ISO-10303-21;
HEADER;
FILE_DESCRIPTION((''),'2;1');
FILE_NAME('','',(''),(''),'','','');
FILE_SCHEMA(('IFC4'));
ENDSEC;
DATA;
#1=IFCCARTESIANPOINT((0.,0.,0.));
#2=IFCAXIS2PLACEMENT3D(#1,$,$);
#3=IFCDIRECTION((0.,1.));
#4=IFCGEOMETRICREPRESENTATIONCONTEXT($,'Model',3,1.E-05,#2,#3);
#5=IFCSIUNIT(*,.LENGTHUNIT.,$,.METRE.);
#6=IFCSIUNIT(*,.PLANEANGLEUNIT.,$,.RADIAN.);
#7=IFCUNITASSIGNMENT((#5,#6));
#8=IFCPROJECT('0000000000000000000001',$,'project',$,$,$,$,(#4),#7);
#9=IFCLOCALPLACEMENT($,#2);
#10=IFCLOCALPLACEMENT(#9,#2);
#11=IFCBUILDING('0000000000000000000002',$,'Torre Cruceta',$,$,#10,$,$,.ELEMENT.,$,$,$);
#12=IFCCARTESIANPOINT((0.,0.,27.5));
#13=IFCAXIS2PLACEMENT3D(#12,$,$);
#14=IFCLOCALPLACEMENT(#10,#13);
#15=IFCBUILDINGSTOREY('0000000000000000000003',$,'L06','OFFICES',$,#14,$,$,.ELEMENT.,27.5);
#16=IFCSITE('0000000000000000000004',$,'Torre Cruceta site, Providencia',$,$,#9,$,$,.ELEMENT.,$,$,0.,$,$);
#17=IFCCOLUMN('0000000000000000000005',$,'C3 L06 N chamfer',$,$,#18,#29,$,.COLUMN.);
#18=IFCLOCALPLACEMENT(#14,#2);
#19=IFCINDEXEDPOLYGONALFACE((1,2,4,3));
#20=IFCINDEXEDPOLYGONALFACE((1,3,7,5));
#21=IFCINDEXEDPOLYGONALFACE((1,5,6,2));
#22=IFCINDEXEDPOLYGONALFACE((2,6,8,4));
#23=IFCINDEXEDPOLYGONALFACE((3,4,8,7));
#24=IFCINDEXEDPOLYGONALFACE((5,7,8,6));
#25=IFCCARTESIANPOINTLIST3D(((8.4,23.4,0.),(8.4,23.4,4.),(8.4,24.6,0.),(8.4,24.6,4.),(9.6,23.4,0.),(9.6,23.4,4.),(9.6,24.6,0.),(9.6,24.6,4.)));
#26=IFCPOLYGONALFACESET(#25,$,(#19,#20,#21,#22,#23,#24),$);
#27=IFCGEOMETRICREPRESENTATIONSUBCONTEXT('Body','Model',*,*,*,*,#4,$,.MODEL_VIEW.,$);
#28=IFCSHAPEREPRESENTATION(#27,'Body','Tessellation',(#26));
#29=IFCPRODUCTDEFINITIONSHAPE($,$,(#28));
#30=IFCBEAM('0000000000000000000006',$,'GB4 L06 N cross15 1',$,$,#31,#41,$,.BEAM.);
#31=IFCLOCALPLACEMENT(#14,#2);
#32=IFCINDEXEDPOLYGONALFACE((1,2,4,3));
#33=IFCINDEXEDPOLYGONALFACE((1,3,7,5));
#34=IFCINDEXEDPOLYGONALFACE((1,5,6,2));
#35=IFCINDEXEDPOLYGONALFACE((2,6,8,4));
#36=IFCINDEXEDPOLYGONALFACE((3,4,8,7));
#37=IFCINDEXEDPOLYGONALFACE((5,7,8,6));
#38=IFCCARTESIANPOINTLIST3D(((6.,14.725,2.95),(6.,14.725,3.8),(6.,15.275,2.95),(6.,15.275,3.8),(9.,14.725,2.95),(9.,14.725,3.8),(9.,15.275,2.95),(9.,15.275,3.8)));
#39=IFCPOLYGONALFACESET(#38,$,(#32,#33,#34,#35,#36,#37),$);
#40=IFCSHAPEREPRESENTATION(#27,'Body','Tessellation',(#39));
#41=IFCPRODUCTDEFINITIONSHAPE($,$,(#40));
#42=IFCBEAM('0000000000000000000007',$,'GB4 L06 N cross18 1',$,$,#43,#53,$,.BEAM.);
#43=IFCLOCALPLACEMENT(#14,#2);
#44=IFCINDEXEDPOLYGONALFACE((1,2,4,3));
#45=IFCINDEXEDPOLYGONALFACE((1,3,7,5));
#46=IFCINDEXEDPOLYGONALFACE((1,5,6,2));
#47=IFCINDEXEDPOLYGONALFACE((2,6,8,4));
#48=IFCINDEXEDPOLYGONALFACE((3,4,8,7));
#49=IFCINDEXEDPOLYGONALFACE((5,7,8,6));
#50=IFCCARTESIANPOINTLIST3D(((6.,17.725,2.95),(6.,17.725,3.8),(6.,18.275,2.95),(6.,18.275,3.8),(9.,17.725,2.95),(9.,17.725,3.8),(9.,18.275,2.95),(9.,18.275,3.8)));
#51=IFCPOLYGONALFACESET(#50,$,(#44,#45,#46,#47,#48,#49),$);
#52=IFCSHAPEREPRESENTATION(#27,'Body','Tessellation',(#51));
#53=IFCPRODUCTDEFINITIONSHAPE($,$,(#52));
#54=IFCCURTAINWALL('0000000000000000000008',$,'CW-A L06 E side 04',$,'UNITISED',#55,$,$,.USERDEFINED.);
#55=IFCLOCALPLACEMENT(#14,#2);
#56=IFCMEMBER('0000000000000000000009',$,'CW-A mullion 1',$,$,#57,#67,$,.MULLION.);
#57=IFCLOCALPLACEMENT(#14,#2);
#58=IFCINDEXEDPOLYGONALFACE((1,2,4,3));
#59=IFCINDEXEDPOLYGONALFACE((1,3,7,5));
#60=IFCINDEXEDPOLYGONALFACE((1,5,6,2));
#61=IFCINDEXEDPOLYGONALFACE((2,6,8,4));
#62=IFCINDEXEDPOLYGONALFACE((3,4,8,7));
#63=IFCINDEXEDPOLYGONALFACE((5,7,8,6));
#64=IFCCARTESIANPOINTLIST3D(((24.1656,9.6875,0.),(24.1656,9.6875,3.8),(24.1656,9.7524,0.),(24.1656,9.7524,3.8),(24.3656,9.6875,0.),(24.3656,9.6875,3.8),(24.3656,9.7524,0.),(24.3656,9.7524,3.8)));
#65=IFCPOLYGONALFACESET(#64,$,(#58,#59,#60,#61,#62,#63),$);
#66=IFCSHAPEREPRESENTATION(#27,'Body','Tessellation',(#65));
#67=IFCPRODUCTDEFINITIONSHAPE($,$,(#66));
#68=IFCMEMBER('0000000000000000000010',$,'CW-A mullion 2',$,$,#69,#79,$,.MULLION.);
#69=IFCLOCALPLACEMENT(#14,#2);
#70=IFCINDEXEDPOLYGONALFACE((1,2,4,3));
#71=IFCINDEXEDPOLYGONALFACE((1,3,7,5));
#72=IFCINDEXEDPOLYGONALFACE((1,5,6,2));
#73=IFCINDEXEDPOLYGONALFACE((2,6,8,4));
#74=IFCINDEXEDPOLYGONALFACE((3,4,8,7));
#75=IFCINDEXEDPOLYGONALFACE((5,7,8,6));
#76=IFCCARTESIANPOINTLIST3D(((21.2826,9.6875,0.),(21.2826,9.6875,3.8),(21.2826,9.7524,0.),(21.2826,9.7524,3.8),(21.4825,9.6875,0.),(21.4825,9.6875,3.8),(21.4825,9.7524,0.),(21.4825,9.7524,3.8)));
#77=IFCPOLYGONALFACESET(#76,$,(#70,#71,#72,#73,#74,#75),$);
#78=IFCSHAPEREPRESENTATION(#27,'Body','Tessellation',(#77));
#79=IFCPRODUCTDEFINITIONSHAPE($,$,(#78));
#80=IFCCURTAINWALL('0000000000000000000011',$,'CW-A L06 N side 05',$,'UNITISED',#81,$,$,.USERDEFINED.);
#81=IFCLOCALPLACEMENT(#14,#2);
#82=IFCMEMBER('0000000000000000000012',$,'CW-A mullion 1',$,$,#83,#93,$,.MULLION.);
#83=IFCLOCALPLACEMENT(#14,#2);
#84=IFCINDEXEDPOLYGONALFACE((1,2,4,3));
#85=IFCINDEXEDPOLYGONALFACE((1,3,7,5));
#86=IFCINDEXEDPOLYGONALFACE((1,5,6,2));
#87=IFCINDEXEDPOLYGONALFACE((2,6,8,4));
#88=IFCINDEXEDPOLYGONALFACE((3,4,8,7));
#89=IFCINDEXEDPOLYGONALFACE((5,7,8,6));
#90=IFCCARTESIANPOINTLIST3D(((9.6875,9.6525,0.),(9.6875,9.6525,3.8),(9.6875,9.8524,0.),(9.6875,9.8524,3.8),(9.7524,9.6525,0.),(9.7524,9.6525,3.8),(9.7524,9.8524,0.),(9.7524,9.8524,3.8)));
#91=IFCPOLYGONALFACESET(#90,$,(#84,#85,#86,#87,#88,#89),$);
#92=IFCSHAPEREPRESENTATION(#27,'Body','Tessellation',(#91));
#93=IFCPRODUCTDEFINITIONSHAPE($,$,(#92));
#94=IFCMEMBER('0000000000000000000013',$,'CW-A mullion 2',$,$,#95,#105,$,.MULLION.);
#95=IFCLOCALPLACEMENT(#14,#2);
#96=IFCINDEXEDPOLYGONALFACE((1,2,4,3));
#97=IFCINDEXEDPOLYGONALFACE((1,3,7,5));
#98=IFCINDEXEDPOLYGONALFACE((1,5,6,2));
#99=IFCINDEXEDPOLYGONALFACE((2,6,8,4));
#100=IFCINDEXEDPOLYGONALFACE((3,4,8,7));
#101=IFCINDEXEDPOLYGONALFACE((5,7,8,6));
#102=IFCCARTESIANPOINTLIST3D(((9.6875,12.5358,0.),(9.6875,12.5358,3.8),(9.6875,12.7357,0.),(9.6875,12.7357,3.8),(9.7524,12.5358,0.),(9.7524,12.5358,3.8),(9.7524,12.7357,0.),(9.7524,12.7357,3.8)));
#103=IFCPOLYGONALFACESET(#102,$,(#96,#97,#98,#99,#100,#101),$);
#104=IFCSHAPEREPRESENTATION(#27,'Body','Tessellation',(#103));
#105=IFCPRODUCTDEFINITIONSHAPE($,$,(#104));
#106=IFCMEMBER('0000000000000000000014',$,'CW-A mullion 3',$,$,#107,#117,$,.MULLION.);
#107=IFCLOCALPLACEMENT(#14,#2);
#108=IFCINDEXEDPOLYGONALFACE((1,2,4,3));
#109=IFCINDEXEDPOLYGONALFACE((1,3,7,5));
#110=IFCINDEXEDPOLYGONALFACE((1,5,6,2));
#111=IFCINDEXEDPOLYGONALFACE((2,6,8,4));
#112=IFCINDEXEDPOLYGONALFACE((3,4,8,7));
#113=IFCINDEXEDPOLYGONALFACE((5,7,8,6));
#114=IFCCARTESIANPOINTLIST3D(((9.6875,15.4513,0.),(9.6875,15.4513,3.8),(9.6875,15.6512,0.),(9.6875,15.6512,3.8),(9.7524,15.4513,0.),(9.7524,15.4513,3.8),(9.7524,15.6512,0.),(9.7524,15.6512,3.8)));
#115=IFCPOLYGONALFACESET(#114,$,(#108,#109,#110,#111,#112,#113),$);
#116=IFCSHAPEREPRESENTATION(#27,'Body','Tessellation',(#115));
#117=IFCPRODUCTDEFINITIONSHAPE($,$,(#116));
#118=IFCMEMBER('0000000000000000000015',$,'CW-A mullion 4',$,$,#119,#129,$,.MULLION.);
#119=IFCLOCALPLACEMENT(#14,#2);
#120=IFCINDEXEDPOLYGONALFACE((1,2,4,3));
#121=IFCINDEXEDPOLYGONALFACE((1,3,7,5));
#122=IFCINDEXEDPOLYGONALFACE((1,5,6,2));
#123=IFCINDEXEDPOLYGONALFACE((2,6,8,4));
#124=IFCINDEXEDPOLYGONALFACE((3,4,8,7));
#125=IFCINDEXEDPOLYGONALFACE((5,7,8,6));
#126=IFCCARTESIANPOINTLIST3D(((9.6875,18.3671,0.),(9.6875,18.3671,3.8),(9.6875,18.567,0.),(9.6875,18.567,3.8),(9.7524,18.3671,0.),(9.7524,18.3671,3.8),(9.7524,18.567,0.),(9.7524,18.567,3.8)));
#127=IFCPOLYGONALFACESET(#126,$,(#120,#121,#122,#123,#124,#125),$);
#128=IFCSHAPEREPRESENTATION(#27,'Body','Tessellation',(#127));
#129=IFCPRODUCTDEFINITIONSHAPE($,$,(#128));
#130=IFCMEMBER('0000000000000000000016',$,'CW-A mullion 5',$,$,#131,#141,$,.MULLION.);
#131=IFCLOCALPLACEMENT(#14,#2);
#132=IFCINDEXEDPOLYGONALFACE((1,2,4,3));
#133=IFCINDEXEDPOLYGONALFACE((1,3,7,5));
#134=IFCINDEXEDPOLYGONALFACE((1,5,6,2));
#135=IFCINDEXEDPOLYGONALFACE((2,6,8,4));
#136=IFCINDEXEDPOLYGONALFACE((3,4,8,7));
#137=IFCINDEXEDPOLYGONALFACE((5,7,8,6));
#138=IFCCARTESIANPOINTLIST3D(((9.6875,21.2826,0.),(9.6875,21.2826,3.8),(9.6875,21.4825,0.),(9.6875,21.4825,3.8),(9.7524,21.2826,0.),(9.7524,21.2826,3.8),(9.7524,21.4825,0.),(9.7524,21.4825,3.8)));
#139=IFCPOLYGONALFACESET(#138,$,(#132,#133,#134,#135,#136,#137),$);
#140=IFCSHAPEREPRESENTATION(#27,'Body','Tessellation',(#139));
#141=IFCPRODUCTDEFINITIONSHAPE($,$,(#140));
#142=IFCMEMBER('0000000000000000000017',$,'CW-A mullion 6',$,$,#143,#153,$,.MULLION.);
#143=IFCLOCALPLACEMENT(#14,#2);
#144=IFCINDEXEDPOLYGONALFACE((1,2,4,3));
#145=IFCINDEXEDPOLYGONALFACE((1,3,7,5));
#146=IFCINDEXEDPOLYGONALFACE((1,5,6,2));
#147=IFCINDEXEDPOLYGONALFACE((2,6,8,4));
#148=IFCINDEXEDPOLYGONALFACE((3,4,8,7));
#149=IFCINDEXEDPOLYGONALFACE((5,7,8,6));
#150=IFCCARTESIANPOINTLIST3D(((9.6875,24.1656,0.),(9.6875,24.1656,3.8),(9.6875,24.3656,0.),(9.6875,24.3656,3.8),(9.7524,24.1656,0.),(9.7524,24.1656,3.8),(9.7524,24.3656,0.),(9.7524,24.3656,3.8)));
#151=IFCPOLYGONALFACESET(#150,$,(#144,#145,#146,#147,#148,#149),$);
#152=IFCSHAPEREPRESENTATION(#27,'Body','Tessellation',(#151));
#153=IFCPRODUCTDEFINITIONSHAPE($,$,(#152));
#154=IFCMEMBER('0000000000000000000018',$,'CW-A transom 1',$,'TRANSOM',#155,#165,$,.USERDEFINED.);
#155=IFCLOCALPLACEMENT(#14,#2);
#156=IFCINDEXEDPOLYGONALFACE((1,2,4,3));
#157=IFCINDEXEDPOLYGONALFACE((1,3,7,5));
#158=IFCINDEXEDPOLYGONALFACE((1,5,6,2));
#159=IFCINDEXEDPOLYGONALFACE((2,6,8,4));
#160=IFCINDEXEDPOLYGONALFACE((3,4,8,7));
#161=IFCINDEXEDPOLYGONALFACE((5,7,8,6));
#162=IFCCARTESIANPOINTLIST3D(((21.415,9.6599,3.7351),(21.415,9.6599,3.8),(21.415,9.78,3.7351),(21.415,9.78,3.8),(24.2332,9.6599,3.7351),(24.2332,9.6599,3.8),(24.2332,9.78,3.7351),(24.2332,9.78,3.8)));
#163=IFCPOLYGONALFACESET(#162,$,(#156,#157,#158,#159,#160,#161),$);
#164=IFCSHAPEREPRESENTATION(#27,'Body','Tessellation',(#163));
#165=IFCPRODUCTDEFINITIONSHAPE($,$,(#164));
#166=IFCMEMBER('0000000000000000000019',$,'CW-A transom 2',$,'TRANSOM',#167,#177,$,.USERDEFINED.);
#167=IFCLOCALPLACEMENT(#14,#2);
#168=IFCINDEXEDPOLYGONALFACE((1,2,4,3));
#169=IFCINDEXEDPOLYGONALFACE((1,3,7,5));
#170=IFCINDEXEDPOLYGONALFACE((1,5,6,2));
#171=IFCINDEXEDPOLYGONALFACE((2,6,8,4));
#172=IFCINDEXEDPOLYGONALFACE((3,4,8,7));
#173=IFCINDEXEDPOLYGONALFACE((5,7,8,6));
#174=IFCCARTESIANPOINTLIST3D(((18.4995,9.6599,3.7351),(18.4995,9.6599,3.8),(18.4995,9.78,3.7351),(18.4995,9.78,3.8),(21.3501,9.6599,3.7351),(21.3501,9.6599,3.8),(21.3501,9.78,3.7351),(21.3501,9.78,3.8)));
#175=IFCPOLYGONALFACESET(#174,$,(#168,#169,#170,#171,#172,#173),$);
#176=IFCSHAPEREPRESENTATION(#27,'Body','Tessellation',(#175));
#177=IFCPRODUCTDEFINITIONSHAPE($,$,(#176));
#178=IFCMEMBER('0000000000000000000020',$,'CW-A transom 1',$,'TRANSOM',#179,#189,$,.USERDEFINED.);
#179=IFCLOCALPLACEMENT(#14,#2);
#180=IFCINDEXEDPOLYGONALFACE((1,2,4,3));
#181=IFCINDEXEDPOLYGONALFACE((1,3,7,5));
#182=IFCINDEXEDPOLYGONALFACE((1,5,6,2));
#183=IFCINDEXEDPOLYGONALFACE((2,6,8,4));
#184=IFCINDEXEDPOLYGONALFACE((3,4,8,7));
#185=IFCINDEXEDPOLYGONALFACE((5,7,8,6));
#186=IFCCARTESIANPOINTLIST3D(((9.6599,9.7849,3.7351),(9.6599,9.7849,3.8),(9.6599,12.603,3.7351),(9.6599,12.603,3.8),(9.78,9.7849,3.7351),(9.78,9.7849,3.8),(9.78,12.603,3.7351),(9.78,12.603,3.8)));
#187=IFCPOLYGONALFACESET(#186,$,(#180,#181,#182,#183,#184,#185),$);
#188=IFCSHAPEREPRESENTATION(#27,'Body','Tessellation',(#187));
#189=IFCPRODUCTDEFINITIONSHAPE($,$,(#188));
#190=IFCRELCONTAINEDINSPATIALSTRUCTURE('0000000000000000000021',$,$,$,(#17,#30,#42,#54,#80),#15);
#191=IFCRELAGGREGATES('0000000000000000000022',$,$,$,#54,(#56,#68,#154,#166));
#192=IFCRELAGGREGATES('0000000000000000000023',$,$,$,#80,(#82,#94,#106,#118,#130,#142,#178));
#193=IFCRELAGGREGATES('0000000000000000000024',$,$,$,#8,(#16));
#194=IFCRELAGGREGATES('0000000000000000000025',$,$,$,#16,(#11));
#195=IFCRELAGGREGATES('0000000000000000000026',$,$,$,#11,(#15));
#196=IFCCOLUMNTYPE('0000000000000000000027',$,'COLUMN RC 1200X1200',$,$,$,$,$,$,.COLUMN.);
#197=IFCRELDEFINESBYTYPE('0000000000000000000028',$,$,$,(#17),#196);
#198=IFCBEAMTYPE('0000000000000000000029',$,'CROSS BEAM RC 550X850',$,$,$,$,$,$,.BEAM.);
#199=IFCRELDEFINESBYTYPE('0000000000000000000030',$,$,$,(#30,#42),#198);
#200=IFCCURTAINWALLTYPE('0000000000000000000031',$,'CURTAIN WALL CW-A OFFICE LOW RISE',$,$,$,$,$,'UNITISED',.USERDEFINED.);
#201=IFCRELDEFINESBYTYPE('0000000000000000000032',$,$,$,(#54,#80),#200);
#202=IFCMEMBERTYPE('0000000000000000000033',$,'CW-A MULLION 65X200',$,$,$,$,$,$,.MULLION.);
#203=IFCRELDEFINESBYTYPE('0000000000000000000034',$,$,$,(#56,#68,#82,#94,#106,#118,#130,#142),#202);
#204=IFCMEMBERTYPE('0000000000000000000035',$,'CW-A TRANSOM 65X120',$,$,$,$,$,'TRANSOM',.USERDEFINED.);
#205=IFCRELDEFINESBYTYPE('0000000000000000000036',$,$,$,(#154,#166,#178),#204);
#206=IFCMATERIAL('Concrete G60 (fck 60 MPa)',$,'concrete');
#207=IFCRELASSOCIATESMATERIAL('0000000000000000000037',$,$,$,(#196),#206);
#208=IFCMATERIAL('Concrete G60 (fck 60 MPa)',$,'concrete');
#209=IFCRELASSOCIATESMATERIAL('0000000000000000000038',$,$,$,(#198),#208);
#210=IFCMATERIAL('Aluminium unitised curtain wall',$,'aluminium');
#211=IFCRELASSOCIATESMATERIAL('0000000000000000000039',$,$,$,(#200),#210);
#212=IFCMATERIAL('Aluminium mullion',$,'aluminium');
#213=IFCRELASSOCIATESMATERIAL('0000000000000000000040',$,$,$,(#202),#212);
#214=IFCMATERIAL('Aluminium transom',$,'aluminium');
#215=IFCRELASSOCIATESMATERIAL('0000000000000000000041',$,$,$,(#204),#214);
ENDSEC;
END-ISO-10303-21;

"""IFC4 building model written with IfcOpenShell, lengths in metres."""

from ifc_helpers import new_model, si_unit, direction, frame, origin, origin_2d, place, context, subcontext, project, spatial, rectangle, extrude, material, material_profile, profile_set, type_object, element, aggregate, save


model = new_model("IFC4")

# Units and contexts
model_context = context("Model", 3, precision=1e-05, world=origin(), true_north=direction((0.0, 1.0)))
body_context = subcontext(model_context, "Body", "Model", "MODEL_VIEW")
ifc_project = project(units=[si_unit("LENGTHUNIT", "METRE"), si_unit("PLANEANGLEUNIT", "RADIAN")], contexts=[model_context])

# Site, building, storey
site_placement = place(None, origin())
site = spatial("IfcSite", under=ifc_project, at=site_placement, Name="Torre Cruceta site, Providencia", CompositionType="ELEMENT", RefElevation=0.0)
building_placement = place(site_placement, origin())
building = spatial("IfcBuilding", under=site, at=building_placement, Name="Torre Cruceta", CompositionType="ELEMENT")
storey_placement = place(building_placement, frame((0.0, 0.0, 27.5)))
storey = spatial("IfcBuildingStorey", under=building, at=storey_placement, Name="L06", Description="OFFICES", CompositionType="ELEMENT", Elevation=27.5)

# Column
ifc_material_1 = material(Name="Concrete G60 (fck 60 MPa)", Category="concrete")
ifc_material_profile_1 = material_profile(ifc_material_1, rectangle(XDim=1.2, YDim=1.2, at=origin_2d()), Name="RC 1200X1200")
ifc_profile_set_1 = profile_set([ifc_material_profile_1], Name="Concrete G60 (fck 60 MPa)")
column_type = type_object("IfcColumnType", Name="COLUMN RC 1200X1200", PredefinedType="COLUMN", material=ifc_profile_set_1)
column_placement = place(storey_placement, frame((9.0, 24.0, 0.0), z_axis=(0.0, 0.0, 1.0), x_axis=(1.0, 0.0, 0.0)))
element("IfcColumn", 1, at=column_placement, inside=storey, type_object=column_type, Name="C3 L06 N chamfer", PredefinedType="COLUMN", context=body_context, shape_type="SweptSolid", body=[
    extrude(rectangle(XDim=1.2, YDim=1.2, at=origin_2d()), origin(), (0.0, 0.0, 1.0), 4.0),
])

# Beams
ifc_material_2 = material(Name="Concrete G60 (fck 60 MPa)", Category="concrete")
ifc_material_profile_2 = material_profile(ifc_material_2, rectangle(XDim=0.55, YDim=0.8501, at=origin_2d()), Name="RC 550X850")
ifc_profile_set_2 = profile_set([ifc_material_profile_2], Name="Concrete G60 (fck 60 MPa)")
beam_type_1 = type_object("IfcBeamType", Name="CROSS BEAM RC 550X850", PredefinedType="BEAM", material=ifc_profile_set_2)
for number, where, z_axis, x_axis, name in (
    (2, (9.0, 15.0, 3.375), (-1.0, 0.0, 0.0), (0.0, -1.0, 0.0), "GB4 L06 N cross15 1"),
    (3, (9.0, 18.0, 3.375), (-1.0, 0.0, 0.0), (0.0, -1.0, 0.0), "GB4 L06 N cross18 1"),
):
    element("IfcBeam", number, at=place(storey_placement, frame(where, z_axis=z_axis, x_axis=x_axis)), inside=storey, type_object=beam_type_1, Name=name, PredefinedType="BEAM", context=body_context, shape_type="SweptSolid", body=[
        extrude(rectangle(XDim=0.55, YDim=0.8501, at=origin_2d()), origin(), (0.0, 0.0, 1.0), 3.0),
    ])

# Curtain walls, members
ifc_material_3 = material(Name="Aluminium unitised curtain wall", Category="aluminium")
curtain_wall_type = type_object("IfcCurtainWallType", Name="CURTAIN WALL CW-A OFFICE LOW RISE", ElementType="UNITISED", PredefinedType="USERDEFINED", material=ifc_material_3)
curtain_wall_1_placement = place(storey_placement, origin())
curtain_wall_1 = element("IfcCurtainWall", 4, at=curtain_wall_1_placement, inside=storey, type_object=curtain_wall_type, Name="CW-A L06 E side 04", ObjectType="UNITISED", PredefinedType="USERDEFINED")
ifc_material_4 = material(Name="Aluminium mullion", Category="aluminium")
ifc_material_profile_3 = material_profile(ifc_material_4, rectangle(XDim=0.0649, YDim=0.2, at=origin_2d()), Name="AL 65X200")
ifc_profile_set_3 = profile_set([ifc_material_profile_3], Name="Aluminium mullion")
member_type_1 = type_object("IfcMemberType", Name="CW-A MULLION 65X200", PredefinedType="MULLION", material=ifc_profile_set_3)
member_1_placement = place(storey_placement, frame((24.2656, 9.72, 0.0), z_axis=(0.0, 0.0, 1.0), x_axis=(0.0, -1.0, 0.0)))
member_1 = element("IfcMember", 5, at=member_1_placement, type_object=member_type_1, Name="CW-A mullion 1", PredefinedType="MULLION", context=body_context, shape_type="SweptSolid", body=[
    extrude(rectangle(XDim=0.0649, YDim=0.2, at=origin_2d()), origin(), (0.0, 0.0, 1.0), 3.8),
])
member_2_placement = place(storey_placement, frame((21.3826, 9.72, 0.0), z_axis=(0.0, 0.0, 1.0), x_axis=(0.0, -1.0, 0.0)))
member_2 = element("IfcMember", 6, at=member_2_placement, type_object=member_type_1, Name="CW-A mullion 2", PredefinedType="MULLION", context=body_context, shape_type="SweptSolid", body=[
    extrude(rectangle(XDim=0.0649, YDim=0.2, at=origin_2d()), origin(), (0.0, 0.0, 1.0), 3.8),
])
curtain_wall_2_placement = place(storey_placement, origin())
curtain_wall_2 = element("IfcCurtainWall", 7, at=curtain_wall_2_placement, inside=storey, type_object=curtain_wall_type, Name="CW-A L06 N side 05", ObjectType="UNITISED", PredefinedType="USERDEFINED")
member_3_placement = place(storey_placement, frame((9.72, 9.7524, 0.0), z_axis=(0.0, 0.0, 1.0), x_axis=(-1.0, 0.0, 0.0)))
member_3 = element("IfcMember", 8, at=member_3_placement, type_object=member_type_1, Name="CW-A mullion 1", PredefinedType="MULLION", context=body_context, shape_type="SweptSolid", body=[
    extrude(rectangle(XDim=0.0649, YDim=0.2, at=origin_2d()), origin(), (0.0, 0.0, 1.0), 3.8),
])
member_4_placement = place(storey_placement, frame((9.72, 12.6357, 0.0), z_axis=(0.0, 0.0, 1.0), x_axis=(-1.0, 0.0, 0.0)))
member_4 = element("IfcMember", 9, at=member_4_placement, type_object=member_type_1, Name="CW-A mullion 2", PredefinedType="MULLION", context=body_context, shape_type="SweptSolid", body=[
    extrude(rectangle(XDim=0.0649, YDim=0.2, at=origin_2d()), origin(), (0.0, 0.0, 1.0), 3.8),
])
member_5_placement = place(storey_placement, frame((9.72, 15.5513, 0.0), z_axis=(0.0, 0.0, 1.0), x_axis=(-1.0, 0.0, 0.0)))
member_5 = element("IfcMember", 10, at=member_5_placement, type_object=member_type_1, Name="CW-A mullion 3", PredefinedType="MULLION", context=body_context, shape_type="SweptSolid", body=[
    extrude(rectangle(XDim=0.0649, YDim=0.2, at=origin_2d()), origin(), (0.0, 0.0, 1.0), 3.8),
])
member_6_placement = place(storey_placement, frame((9.72, 18.467, 0.0), z_axis=(0.0, 0.0, 1.0), x_axis=(-1.0, 0.0, 0.0)))
member_6 = element("IfcMember", 11, at=member_6_placement, type_object=member_type_1, Name="CW-A mullion 4", PredefinedType="MULLION", context=body_context, shape_type="SweptSolid", body=[
    extrude(rectangle(XDim=0.0649, YDim=0.2, at=origin_2d()), origin(), (0.0, 0.0, 1.0), 3.8),
])
member_7_placement = place(storey_placement, frame((9.72, 21.3826, 0.0), z_axis=(0.0, 0.0, 1.0), x_axis=(-1.0, 0.0, 0.0)))
member_7 = element("IfcMember", 12, at=member_7_placement, type_object=member_type_1, Name="CW-A mullion 5", PredefinedType="MULLION", context=body_context, shape_type="SweptSolid", body=[
    extrude(rectangle(XDim=0.0649, YDim=0.2, at=origin_2d()), origin(), (0.0, 0.0, 1.0), 3.8),
])
member_8_placement = place(storey_placement, frame((9.72, 24.2656, 0.0), z_axis=(0.0, 0.0, 1.0), x_axis=(-1.0, 0.0, 0.0)))
member_8 = element("IfcMember", 13, at=member_8_placement, type_object=member_type_1, Name="CW-A mullion 6", PredefinedType="MULLION", context=body_context, shape_type="SweptSolid", body=[
    extrude(rectangle(XDim=0.0649, YDim=0.2, at=origin_2d()), origin(), (0.0, 0.0, 1.0), 3.8),
])

# Members
ifc_material_5 = material(Name="Aluminium transom", Category="aluminium")
ifc_material_profile_4 = material_profile(ifc_material_5, rectangle(XDim=0.1201, YDim=0.0649, at=origin_2d()), Name="AL 120X65")
ifc_profile_set_4 = profile_set([ifc_material_profile_4], Name="Aluminium transom")
member_type_2 = type_object("IfcMemberType", Name="CW-A TRANSOM 65X120", ElementType="TRANSOM", PredefinedType="USERDEFINED", material=ifc_profile_set_4)
member_9_placement = place(storey_placement, frame((24.2332, 9.72, 3.7676), z_axis=(-1.0, 0.0, 0.0), x_axis=(0.0, -1.0, 0.0)))
member_9 = element("IfcMember", 14, at=member_9_placement, type_object=member_type_2, Name="CW-A transom 1", ObjectType="TRANSOM", PredefinedType="USERDEFINED", context=body_context, shape_type="SweptSolid", body=[
    extrude(rectangle(XDim=0.1201, YDim=0.0649, at=origin_2d()), origin(), (0.0, 0.0, 1.0), 2.8181),
])
member_10_placement = place(storey_placement, frame((21.3501, 9.72, 3.7676), z_axis=(-1.0, 0.0, 0.0), x_axis=(0.0, -1.0, 0.0)))
member_10 = element("IfcMember", 15, at=member_10_placement, type_object=member_type_2, Name="CW-A transom 2", ObjectType="TRANSOM", PredefinedType="USERDEFINED", context=body_context, shape_type="SweptSolid", body=[
    extrude(rectangle(XDim=0.1201, YDim=0.0649, at=origin_2d()), origin(), (0.0, 0.0, 1.0), 2.8506),
])
member_11_placement = place(storey_placement, frame((9.72, 9.7849, 3.7676), z_axis=(0.0, 1.0, 0.0), x_axis=(-1.0, 0.0, 0.0)))
member_11 = element("IfcMember", 16, at=member_11_placement, type_object=member_type_2, Name="CW-A transom 1", ObjectType="TRANSOM", PredefinedType="USERDEFINED", context=body_context, shape_type="SweptSolid", body=[
    extrude(rectangle(XDim=0.1201, YDim=0.0649, at=origin_2d()), origin(), (0.0, 0.0, 1.0), 2.8181),
])

aggregate(curtain_wall_1, [member_1, member_2, member_9, member_10])
aggregate(curtain_wall_2, [member_3, member_4, member_5, member_6, member_7, member_8, member_11])

save(model, "model.ifc")
